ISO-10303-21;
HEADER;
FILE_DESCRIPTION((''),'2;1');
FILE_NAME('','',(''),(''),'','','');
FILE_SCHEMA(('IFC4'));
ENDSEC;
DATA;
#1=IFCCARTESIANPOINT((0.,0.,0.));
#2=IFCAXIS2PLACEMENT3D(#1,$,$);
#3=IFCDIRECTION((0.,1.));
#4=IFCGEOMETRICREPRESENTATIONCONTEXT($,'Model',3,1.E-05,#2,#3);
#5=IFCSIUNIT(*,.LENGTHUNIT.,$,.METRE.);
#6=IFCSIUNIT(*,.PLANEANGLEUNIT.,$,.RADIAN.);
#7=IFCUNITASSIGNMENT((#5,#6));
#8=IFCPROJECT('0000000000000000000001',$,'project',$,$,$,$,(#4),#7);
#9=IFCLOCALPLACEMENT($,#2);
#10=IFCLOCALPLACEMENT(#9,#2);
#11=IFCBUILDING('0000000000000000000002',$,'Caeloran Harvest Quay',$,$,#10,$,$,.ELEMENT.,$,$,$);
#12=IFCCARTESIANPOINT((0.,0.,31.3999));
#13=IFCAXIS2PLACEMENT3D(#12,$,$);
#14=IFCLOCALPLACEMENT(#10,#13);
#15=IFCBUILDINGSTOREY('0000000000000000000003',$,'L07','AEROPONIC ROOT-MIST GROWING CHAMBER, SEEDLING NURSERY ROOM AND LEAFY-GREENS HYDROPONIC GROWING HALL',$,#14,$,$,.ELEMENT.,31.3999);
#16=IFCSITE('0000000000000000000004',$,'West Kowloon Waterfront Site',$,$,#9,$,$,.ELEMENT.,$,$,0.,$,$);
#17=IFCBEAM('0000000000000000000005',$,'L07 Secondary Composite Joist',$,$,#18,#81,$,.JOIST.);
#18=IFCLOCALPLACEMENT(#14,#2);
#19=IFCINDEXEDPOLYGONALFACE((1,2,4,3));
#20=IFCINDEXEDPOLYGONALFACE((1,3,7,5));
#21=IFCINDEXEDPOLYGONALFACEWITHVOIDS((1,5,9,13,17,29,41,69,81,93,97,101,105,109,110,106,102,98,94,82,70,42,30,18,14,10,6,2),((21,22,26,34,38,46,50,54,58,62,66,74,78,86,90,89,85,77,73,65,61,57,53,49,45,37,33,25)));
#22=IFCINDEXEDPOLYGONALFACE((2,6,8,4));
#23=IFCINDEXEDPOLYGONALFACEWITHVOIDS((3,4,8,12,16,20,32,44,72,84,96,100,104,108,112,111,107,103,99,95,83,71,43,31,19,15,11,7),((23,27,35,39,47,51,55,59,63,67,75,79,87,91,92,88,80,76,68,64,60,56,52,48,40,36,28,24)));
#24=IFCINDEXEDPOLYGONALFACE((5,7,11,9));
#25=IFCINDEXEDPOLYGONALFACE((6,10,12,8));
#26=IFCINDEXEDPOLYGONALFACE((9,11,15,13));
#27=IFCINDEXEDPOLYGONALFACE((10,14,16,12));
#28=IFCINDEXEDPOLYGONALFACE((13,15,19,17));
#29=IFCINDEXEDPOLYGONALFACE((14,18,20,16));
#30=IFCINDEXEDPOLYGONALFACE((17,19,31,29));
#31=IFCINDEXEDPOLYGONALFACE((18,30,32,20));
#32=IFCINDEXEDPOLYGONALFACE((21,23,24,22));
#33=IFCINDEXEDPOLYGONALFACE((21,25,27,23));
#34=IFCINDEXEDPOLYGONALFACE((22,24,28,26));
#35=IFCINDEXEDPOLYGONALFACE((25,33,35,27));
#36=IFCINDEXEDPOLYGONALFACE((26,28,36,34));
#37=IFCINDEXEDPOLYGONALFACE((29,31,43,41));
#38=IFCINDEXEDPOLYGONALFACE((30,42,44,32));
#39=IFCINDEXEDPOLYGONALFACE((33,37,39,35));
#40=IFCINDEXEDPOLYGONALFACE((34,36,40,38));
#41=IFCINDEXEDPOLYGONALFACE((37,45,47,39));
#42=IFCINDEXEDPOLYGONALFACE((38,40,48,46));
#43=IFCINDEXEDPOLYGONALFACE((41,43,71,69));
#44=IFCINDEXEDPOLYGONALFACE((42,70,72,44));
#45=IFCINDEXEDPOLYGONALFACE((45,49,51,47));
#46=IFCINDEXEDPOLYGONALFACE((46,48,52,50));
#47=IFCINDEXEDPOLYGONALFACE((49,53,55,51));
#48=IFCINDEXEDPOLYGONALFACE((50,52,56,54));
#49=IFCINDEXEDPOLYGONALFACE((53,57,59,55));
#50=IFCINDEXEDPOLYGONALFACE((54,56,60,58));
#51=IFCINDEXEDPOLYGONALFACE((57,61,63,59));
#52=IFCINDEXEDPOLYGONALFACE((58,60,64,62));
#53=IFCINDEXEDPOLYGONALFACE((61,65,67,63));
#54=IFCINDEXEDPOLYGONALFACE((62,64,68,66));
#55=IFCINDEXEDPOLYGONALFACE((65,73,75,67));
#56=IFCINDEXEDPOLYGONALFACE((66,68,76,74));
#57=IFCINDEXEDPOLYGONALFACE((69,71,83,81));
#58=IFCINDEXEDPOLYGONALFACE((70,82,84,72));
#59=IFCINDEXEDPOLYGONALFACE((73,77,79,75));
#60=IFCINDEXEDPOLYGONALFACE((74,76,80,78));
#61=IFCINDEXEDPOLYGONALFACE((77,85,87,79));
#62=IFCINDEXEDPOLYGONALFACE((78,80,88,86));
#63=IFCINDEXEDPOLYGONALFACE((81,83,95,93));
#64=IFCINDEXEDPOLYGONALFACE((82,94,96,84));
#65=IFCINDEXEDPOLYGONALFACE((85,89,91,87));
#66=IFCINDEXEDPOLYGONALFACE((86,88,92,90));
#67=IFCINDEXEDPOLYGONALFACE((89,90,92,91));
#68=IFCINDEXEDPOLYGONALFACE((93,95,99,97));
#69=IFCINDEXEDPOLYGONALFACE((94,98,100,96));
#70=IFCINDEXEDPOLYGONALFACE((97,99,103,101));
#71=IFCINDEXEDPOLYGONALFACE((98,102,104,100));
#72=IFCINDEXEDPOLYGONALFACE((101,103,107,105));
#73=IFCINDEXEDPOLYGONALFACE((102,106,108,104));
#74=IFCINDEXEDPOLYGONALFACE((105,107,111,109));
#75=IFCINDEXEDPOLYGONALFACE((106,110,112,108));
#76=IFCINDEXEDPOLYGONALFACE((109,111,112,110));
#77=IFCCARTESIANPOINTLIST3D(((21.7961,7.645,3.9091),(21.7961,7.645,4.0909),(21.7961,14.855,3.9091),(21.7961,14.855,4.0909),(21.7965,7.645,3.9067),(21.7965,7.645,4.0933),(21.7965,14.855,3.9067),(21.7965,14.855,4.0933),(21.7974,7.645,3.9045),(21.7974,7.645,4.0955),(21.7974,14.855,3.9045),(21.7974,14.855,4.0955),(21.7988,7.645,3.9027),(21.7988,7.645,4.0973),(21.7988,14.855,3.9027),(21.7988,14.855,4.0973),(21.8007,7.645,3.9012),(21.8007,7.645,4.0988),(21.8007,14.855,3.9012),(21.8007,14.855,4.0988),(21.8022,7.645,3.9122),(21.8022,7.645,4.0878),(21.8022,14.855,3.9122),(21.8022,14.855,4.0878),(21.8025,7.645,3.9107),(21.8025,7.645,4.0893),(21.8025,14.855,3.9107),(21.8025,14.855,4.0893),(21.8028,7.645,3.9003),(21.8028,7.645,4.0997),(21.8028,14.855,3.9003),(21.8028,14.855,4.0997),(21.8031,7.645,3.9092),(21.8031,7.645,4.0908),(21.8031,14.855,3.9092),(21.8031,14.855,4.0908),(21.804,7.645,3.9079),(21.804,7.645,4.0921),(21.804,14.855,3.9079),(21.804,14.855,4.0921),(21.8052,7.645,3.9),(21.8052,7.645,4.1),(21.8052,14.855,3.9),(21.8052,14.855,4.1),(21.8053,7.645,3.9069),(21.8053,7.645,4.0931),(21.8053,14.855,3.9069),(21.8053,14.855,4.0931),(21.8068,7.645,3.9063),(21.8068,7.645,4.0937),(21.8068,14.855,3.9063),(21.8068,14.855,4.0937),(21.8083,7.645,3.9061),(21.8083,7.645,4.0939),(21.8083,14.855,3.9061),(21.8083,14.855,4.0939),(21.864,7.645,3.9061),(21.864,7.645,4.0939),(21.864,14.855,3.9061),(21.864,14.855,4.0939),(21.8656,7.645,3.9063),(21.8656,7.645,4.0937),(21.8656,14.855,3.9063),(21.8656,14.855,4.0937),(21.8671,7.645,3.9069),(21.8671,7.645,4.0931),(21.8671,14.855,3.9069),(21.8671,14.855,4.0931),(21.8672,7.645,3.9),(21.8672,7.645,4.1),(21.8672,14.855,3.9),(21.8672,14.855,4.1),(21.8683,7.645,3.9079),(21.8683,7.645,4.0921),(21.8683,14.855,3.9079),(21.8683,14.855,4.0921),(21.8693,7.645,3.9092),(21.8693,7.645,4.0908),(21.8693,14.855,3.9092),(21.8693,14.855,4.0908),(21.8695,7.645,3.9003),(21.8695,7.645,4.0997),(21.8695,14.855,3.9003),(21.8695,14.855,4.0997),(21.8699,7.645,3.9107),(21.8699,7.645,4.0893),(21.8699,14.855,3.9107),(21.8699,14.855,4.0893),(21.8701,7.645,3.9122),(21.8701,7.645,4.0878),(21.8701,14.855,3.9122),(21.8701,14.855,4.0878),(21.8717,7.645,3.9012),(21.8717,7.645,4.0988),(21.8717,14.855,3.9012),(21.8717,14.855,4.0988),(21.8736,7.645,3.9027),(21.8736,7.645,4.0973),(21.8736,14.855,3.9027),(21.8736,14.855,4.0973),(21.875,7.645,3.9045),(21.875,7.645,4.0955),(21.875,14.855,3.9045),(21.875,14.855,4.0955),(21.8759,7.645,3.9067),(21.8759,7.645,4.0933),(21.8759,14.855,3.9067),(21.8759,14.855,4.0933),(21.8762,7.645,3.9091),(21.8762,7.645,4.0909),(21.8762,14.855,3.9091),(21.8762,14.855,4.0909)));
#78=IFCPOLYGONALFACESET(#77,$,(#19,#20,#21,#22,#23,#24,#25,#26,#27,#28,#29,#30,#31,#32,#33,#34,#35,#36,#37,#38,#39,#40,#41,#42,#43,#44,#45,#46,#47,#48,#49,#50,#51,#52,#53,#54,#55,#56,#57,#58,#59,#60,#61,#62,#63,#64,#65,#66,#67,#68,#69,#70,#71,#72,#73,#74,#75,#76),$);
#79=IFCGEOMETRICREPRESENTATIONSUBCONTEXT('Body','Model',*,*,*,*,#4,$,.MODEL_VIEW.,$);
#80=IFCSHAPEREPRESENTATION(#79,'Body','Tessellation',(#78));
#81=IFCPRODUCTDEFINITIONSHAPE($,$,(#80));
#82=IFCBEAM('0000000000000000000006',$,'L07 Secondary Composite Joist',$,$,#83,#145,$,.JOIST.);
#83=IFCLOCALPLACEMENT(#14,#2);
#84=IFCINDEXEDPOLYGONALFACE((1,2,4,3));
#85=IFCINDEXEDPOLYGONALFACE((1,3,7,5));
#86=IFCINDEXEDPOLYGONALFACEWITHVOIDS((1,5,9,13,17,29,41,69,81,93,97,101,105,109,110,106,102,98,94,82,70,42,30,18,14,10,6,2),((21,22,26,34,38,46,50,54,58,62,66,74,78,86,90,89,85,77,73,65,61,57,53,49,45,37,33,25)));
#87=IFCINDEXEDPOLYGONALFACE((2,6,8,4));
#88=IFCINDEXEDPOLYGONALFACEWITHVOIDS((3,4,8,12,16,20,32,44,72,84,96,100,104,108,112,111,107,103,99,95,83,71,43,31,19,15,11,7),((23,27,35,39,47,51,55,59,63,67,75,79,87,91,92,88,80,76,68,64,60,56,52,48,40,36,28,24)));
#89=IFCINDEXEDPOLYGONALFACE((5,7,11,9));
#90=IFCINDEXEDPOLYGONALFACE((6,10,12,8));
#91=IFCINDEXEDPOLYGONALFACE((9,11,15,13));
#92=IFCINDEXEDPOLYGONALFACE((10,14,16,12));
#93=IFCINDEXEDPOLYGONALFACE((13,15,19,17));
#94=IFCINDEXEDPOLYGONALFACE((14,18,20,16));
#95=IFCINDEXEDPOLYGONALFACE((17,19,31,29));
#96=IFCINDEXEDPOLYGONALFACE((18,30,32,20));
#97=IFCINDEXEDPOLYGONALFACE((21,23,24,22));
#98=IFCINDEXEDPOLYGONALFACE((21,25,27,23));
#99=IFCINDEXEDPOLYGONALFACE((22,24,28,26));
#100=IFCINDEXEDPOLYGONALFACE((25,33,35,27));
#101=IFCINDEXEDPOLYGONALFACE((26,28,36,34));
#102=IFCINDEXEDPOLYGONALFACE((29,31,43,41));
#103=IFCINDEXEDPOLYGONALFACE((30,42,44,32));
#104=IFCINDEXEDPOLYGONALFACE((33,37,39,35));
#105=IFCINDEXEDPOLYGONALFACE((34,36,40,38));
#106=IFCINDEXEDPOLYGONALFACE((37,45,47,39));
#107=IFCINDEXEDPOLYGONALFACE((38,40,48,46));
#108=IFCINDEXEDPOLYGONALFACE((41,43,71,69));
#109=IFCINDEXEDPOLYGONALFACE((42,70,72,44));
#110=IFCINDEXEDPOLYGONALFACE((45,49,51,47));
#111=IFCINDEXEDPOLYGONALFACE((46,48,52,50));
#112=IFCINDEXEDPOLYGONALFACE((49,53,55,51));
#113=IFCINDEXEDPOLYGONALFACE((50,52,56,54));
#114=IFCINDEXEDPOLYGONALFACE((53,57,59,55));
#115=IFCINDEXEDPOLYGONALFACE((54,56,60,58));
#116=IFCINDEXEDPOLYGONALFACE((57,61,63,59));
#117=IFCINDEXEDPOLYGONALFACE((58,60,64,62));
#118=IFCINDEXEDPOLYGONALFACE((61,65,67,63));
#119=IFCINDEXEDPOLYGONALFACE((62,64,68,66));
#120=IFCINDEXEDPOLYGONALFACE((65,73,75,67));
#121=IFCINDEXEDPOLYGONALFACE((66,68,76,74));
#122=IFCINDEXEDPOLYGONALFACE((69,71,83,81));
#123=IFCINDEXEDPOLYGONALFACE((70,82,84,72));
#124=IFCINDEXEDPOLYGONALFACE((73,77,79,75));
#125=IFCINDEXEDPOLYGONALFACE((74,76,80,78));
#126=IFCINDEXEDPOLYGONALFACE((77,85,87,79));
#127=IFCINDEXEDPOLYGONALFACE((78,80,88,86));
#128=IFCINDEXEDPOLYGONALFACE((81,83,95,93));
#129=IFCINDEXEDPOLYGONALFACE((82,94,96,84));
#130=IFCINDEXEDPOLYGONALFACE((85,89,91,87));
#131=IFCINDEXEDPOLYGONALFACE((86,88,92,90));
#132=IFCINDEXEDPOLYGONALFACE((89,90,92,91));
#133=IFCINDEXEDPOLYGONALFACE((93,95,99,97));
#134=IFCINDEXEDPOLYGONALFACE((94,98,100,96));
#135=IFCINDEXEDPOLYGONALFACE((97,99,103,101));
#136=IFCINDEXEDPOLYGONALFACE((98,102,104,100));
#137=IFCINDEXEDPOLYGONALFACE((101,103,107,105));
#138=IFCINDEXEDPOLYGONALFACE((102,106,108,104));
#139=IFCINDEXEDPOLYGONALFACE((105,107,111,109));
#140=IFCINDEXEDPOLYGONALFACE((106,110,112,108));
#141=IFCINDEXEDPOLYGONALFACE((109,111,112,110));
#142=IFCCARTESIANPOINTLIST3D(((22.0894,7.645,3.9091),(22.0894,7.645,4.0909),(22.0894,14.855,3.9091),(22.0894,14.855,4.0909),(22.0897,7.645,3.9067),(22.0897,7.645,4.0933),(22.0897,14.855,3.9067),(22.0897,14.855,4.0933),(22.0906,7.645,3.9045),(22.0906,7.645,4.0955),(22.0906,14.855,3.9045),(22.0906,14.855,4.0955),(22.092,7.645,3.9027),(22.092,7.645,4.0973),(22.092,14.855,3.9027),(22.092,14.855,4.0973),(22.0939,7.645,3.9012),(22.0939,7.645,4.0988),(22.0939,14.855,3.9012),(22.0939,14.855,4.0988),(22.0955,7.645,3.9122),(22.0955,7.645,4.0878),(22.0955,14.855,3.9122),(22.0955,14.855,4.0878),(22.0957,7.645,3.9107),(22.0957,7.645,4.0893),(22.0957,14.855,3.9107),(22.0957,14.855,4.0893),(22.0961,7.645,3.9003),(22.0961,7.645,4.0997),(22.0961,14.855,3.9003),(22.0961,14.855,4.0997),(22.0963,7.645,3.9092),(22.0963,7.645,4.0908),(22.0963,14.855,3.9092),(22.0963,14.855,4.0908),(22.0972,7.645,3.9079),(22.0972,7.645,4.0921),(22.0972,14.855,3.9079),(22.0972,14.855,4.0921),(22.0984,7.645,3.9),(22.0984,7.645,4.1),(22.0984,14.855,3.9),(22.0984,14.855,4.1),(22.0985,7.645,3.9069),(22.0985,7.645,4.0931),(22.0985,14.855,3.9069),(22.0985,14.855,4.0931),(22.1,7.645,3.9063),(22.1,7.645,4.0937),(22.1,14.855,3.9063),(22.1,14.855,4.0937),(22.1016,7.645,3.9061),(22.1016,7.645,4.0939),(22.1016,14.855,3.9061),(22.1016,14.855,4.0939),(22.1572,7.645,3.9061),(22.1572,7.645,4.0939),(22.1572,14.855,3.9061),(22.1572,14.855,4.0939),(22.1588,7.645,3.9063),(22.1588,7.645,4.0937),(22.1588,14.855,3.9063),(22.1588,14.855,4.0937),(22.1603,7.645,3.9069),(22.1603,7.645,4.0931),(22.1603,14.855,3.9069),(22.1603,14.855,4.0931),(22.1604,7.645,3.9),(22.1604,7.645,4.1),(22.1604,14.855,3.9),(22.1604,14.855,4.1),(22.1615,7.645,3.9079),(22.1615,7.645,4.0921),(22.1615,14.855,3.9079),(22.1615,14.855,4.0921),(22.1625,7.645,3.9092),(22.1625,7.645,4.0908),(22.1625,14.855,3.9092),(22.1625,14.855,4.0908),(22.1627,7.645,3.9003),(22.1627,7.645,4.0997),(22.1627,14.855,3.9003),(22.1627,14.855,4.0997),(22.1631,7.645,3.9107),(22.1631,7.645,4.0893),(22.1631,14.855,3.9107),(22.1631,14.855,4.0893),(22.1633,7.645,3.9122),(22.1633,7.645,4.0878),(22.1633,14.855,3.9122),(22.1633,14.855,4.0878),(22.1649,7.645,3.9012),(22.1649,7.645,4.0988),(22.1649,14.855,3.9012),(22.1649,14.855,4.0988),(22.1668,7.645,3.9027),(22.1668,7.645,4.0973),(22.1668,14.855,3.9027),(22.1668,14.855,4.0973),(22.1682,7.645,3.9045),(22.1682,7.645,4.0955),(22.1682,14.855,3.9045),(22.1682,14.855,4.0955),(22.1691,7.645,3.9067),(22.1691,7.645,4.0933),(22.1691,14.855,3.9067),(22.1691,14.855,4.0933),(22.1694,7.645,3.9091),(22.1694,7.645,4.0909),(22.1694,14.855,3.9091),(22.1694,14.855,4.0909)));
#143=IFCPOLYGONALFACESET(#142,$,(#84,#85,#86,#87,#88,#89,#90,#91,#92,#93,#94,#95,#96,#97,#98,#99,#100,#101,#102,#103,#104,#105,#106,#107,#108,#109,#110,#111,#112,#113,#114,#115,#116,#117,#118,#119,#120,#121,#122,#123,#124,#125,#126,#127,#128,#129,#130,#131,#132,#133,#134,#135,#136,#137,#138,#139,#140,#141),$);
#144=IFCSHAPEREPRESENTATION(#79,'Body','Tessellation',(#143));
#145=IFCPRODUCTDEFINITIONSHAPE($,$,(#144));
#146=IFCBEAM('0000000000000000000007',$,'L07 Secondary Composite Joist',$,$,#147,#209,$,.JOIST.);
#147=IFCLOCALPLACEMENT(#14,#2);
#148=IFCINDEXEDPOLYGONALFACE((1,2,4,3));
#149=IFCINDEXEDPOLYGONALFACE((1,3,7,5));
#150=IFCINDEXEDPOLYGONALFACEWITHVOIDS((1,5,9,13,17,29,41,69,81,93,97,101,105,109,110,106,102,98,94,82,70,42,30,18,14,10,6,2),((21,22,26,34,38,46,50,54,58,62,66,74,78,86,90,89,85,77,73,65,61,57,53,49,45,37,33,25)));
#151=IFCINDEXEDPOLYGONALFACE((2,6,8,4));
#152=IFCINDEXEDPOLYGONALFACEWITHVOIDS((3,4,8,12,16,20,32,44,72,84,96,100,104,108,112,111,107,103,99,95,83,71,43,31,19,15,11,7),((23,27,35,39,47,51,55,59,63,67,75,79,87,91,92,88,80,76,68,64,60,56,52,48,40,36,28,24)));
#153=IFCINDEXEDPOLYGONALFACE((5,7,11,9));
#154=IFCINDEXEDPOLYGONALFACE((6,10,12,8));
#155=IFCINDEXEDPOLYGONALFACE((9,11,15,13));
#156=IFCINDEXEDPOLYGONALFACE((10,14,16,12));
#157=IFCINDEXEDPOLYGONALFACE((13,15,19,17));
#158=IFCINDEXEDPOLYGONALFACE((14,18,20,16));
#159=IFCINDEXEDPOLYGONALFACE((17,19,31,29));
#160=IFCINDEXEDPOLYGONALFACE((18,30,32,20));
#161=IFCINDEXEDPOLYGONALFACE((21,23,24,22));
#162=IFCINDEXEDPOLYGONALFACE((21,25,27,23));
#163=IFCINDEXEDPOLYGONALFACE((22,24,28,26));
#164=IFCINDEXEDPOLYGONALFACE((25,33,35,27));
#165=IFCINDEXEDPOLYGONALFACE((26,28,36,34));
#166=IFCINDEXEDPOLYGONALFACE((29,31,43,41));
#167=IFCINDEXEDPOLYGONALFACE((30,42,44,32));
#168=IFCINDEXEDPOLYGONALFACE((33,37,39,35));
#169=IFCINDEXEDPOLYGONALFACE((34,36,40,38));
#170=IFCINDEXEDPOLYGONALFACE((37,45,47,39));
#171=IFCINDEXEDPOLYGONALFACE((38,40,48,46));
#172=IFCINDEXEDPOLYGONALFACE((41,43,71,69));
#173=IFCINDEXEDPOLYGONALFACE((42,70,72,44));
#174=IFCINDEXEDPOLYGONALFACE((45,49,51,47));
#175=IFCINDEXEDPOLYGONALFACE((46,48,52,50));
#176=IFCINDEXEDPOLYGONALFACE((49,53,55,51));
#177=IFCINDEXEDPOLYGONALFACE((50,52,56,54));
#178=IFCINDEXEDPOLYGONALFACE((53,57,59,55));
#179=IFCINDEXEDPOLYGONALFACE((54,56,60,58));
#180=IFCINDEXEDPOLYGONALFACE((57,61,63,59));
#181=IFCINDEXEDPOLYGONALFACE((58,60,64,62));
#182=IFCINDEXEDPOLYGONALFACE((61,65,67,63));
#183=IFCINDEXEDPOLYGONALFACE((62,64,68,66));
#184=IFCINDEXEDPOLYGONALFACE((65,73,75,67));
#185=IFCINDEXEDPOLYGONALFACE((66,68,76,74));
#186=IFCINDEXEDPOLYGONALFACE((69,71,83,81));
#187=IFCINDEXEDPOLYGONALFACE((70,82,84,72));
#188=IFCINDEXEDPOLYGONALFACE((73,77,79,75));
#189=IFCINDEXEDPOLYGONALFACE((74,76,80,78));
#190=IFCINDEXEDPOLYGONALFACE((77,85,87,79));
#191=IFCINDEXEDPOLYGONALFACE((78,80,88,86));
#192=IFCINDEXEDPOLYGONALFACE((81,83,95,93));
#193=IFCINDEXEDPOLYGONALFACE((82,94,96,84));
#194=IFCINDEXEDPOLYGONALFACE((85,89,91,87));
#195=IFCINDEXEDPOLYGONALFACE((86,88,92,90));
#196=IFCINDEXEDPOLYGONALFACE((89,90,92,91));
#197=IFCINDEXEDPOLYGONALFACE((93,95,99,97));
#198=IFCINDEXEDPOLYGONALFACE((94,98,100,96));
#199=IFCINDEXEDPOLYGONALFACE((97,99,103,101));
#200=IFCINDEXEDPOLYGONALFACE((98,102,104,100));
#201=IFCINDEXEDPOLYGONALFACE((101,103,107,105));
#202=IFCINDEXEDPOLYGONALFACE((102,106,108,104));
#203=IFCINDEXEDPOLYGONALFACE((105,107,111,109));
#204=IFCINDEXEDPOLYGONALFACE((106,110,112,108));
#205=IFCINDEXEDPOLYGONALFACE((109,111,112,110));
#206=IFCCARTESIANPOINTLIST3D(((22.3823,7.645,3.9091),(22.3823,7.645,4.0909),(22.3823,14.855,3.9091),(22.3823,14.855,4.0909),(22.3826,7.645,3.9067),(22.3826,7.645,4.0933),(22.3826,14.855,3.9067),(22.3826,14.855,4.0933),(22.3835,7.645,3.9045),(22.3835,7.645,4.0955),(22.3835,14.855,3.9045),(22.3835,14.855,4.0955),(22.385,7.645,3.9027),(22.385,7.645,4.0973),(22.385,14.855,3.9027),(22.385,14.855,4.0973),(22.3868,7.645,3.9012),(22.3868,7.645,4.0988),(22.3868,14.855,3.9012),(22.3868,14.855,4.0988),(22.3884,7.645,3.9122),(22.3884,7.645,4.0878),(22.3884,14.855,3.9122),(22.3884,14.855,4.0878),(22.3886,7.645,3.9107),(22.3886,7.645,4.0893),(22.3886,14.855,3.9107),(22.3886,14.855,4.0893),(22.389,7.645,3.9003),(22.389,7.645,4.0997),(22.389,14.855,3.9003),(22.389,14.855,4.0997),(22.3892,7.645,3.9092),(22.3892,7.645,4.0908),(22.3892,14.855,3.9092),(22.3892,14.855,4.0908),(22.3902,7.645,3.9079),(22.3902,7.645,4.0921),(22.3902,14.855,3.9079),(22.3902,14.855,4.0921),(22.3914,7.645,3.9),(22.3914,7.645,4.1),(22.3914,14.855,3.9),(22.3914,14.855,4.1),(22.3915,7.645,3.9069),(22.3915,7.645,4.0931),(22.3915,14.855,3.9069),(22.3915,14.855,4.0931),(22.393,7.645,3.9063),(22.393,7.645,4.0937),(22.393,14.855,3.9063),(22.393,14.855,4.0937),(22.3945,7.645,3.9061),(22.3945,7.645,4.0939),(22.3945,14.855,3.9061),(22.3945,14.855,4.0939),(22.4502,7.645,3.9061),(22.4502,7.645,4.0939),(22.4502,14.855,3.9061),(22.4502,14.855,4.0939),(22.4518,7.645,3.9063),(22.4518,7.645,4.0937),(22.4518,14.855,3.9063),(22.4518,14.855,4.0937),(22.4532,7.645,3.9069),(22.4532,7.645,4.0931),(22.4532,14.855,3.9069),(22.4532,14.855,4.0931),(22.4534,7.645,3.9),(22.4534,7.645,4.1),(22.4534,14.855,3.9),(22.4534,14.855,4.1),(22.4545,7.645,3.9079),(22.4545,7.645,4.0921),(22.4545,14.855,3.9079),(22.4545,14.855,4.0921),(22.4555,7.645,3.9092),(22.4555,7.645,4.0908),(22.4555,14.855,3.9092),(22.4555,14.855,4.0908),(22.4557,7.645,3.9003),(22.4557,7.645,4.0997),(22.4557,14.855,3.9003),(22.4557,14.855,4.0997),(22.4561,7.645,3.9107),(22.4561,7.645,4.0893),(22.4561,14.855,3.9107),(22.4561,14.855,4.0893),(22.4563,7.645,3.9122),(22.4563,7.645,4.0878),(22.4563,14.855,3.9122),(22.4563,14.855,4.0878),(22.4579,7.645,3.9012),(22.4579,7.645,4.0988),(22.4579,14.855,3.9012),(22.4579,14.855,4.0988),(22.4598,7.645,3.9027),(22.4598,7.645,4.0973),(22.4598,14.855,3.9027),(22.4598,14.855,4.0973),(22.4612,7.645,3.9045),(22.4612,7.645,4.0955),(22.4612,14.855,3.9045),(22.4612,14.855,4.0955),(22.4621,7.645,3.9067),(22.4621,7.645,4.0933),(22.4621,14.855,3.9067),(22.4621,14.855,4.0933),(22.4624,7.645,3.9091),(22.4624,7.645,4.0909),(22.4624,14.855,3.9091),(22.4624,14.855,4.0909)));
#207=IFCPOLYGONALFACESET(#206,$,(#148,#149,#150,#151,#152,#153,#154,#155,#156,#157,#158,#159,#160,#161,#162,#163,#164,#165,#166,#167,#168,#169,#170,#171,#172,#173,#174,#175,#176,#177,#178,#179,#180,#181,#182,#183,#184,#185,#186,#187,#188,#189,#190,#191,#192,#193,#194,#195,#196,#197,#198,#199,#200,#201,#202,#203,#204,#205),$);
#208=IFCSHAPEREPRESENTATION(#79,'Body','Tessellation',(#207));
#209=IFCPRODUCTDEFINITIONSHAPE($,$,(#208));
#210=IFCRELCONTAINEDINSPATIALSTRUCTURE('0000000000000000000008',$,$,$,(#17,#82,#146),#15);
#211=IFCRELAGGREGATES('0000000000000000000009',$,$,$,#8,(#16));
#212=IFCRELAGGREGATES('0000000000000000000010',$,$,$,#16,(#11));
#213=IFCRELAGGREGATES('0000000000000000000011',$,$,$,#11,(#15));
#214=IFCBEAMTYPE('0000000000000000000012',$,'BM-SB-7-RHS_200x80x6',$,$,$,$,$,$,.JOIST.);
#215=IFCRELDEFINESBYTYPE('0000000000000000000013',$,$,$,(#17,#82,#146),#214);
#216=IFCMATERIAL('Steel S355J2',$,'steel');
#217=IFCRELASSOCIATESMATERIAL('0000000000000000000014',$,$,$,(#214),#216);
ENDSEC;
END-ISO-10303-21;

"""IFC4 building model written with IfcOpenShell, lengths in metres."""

from ifc_helpers import new_model, si_unit, direction, frame, origin, origin_2d, place, context, subcontext, project, spatial, hollow_rectangle, extrude, material, material_profile, profile_set, type_object, element, save


model = new_model("IFC4")

# Units and contexts
model_context = context("Model", 3, precision=1e-05, world=origin(), true_north=direction((0.0, 1.0)))
body_context = subcontext(model_context, "Body", "Model", "MODEL_VIEW")
ifc_project = project(units=[si_unit("LENGTHUNIT", "METRE"), si_unit("PLANEANGLEUNIT", "RADIAN")], contexts=[model_context])

# Site, building, storey
site_placement = place(None, origin())
site = spatial("IfcSite", under=ifc_project, at=site_placement, Name="West Kowloon Waterfront Site", CompositionType="ELEMENT", RefElevation=0.0)
building_placement = place(site_placement, origin())
building = spatial("IfcBuilding", under=site, at=building_placement, Name="Caeloran Harvest Quay", CompositionType="ELEMENT")
storey_placement = place(building_placement, frame((0.0, 0.0, 31.3999)))
storey = spatial("IfcBuildingStorey", under=building, at=storey_placement, Name="L07", Description="AEROPONIC ROOT-MIST GROWING CHAMBER, SEEDLING NURSERY ROOM AND LEAFY-GREENS HYDROPONIC GROWING HALL", CompositionType="ELEMENT", Elevation=31.3999)

# Beams
ifc_material_1 = material(Name="Steel S355J2", Category="steel")
ifc_material_profile_1 = material_profile(ifc_material_1, hollow_rectangle(XDim=0.0801, YDim=0.2, WallThickness=0.0061, InnerFilletRadius=0.0061, OuterFilletRadius=0.009, at=origin_2d()), Name="RHS 200x80x6")
ifc_profile_set_1 = profile_set([ifc_material_profile_1], Name="Steel S355J2")
beam_type_1 = type_object("IfcBeamType", Name="BM-SB-7-RHS_200x80x6", PredefinedType="JOIST", material=ifc_profile_set_1)
for number, where, z_axis, x_axis, name in (
    (1, (21.8362, 7.645, 4.0), (0.0, 1.0, 0.0), (-1.0, 0.0, 0.0), "L07 Secondary Composite Joist"),
    (2, (22.1294, 7.645, 4.0), (0.0, 1.0, 0.0), (-1.0, 0.0, 0.0), "L07 Secondary Composite Joist"),
    (3, (22.4224, 7.645, 4.0), (0.0, 1.0, 0.0), (-1.0, 0.0, 0.0), "L07 Secondary Composite Joist"),
):
    element("IfcBeam", number, at=place(storey_placement, frame(where, z_axis=z_axis, x_axis=x_axis)), inside=storey, type_object=beam_type_1, Name=name, PredefinedType="JOIST", context=body_context, shape_type="SweptSolid", body=[
        extrude(hollow_rectangle(XDim=0.0801, YDim=0.2, WallThickness=0.0061, InnerFilletRadius=0.0061, OuterFilletRadius=0.009, at=origin_2d()), origin(), (0.0, 0.0, 1.0), 7.21),
    ])

save(model, "model.ifc")
